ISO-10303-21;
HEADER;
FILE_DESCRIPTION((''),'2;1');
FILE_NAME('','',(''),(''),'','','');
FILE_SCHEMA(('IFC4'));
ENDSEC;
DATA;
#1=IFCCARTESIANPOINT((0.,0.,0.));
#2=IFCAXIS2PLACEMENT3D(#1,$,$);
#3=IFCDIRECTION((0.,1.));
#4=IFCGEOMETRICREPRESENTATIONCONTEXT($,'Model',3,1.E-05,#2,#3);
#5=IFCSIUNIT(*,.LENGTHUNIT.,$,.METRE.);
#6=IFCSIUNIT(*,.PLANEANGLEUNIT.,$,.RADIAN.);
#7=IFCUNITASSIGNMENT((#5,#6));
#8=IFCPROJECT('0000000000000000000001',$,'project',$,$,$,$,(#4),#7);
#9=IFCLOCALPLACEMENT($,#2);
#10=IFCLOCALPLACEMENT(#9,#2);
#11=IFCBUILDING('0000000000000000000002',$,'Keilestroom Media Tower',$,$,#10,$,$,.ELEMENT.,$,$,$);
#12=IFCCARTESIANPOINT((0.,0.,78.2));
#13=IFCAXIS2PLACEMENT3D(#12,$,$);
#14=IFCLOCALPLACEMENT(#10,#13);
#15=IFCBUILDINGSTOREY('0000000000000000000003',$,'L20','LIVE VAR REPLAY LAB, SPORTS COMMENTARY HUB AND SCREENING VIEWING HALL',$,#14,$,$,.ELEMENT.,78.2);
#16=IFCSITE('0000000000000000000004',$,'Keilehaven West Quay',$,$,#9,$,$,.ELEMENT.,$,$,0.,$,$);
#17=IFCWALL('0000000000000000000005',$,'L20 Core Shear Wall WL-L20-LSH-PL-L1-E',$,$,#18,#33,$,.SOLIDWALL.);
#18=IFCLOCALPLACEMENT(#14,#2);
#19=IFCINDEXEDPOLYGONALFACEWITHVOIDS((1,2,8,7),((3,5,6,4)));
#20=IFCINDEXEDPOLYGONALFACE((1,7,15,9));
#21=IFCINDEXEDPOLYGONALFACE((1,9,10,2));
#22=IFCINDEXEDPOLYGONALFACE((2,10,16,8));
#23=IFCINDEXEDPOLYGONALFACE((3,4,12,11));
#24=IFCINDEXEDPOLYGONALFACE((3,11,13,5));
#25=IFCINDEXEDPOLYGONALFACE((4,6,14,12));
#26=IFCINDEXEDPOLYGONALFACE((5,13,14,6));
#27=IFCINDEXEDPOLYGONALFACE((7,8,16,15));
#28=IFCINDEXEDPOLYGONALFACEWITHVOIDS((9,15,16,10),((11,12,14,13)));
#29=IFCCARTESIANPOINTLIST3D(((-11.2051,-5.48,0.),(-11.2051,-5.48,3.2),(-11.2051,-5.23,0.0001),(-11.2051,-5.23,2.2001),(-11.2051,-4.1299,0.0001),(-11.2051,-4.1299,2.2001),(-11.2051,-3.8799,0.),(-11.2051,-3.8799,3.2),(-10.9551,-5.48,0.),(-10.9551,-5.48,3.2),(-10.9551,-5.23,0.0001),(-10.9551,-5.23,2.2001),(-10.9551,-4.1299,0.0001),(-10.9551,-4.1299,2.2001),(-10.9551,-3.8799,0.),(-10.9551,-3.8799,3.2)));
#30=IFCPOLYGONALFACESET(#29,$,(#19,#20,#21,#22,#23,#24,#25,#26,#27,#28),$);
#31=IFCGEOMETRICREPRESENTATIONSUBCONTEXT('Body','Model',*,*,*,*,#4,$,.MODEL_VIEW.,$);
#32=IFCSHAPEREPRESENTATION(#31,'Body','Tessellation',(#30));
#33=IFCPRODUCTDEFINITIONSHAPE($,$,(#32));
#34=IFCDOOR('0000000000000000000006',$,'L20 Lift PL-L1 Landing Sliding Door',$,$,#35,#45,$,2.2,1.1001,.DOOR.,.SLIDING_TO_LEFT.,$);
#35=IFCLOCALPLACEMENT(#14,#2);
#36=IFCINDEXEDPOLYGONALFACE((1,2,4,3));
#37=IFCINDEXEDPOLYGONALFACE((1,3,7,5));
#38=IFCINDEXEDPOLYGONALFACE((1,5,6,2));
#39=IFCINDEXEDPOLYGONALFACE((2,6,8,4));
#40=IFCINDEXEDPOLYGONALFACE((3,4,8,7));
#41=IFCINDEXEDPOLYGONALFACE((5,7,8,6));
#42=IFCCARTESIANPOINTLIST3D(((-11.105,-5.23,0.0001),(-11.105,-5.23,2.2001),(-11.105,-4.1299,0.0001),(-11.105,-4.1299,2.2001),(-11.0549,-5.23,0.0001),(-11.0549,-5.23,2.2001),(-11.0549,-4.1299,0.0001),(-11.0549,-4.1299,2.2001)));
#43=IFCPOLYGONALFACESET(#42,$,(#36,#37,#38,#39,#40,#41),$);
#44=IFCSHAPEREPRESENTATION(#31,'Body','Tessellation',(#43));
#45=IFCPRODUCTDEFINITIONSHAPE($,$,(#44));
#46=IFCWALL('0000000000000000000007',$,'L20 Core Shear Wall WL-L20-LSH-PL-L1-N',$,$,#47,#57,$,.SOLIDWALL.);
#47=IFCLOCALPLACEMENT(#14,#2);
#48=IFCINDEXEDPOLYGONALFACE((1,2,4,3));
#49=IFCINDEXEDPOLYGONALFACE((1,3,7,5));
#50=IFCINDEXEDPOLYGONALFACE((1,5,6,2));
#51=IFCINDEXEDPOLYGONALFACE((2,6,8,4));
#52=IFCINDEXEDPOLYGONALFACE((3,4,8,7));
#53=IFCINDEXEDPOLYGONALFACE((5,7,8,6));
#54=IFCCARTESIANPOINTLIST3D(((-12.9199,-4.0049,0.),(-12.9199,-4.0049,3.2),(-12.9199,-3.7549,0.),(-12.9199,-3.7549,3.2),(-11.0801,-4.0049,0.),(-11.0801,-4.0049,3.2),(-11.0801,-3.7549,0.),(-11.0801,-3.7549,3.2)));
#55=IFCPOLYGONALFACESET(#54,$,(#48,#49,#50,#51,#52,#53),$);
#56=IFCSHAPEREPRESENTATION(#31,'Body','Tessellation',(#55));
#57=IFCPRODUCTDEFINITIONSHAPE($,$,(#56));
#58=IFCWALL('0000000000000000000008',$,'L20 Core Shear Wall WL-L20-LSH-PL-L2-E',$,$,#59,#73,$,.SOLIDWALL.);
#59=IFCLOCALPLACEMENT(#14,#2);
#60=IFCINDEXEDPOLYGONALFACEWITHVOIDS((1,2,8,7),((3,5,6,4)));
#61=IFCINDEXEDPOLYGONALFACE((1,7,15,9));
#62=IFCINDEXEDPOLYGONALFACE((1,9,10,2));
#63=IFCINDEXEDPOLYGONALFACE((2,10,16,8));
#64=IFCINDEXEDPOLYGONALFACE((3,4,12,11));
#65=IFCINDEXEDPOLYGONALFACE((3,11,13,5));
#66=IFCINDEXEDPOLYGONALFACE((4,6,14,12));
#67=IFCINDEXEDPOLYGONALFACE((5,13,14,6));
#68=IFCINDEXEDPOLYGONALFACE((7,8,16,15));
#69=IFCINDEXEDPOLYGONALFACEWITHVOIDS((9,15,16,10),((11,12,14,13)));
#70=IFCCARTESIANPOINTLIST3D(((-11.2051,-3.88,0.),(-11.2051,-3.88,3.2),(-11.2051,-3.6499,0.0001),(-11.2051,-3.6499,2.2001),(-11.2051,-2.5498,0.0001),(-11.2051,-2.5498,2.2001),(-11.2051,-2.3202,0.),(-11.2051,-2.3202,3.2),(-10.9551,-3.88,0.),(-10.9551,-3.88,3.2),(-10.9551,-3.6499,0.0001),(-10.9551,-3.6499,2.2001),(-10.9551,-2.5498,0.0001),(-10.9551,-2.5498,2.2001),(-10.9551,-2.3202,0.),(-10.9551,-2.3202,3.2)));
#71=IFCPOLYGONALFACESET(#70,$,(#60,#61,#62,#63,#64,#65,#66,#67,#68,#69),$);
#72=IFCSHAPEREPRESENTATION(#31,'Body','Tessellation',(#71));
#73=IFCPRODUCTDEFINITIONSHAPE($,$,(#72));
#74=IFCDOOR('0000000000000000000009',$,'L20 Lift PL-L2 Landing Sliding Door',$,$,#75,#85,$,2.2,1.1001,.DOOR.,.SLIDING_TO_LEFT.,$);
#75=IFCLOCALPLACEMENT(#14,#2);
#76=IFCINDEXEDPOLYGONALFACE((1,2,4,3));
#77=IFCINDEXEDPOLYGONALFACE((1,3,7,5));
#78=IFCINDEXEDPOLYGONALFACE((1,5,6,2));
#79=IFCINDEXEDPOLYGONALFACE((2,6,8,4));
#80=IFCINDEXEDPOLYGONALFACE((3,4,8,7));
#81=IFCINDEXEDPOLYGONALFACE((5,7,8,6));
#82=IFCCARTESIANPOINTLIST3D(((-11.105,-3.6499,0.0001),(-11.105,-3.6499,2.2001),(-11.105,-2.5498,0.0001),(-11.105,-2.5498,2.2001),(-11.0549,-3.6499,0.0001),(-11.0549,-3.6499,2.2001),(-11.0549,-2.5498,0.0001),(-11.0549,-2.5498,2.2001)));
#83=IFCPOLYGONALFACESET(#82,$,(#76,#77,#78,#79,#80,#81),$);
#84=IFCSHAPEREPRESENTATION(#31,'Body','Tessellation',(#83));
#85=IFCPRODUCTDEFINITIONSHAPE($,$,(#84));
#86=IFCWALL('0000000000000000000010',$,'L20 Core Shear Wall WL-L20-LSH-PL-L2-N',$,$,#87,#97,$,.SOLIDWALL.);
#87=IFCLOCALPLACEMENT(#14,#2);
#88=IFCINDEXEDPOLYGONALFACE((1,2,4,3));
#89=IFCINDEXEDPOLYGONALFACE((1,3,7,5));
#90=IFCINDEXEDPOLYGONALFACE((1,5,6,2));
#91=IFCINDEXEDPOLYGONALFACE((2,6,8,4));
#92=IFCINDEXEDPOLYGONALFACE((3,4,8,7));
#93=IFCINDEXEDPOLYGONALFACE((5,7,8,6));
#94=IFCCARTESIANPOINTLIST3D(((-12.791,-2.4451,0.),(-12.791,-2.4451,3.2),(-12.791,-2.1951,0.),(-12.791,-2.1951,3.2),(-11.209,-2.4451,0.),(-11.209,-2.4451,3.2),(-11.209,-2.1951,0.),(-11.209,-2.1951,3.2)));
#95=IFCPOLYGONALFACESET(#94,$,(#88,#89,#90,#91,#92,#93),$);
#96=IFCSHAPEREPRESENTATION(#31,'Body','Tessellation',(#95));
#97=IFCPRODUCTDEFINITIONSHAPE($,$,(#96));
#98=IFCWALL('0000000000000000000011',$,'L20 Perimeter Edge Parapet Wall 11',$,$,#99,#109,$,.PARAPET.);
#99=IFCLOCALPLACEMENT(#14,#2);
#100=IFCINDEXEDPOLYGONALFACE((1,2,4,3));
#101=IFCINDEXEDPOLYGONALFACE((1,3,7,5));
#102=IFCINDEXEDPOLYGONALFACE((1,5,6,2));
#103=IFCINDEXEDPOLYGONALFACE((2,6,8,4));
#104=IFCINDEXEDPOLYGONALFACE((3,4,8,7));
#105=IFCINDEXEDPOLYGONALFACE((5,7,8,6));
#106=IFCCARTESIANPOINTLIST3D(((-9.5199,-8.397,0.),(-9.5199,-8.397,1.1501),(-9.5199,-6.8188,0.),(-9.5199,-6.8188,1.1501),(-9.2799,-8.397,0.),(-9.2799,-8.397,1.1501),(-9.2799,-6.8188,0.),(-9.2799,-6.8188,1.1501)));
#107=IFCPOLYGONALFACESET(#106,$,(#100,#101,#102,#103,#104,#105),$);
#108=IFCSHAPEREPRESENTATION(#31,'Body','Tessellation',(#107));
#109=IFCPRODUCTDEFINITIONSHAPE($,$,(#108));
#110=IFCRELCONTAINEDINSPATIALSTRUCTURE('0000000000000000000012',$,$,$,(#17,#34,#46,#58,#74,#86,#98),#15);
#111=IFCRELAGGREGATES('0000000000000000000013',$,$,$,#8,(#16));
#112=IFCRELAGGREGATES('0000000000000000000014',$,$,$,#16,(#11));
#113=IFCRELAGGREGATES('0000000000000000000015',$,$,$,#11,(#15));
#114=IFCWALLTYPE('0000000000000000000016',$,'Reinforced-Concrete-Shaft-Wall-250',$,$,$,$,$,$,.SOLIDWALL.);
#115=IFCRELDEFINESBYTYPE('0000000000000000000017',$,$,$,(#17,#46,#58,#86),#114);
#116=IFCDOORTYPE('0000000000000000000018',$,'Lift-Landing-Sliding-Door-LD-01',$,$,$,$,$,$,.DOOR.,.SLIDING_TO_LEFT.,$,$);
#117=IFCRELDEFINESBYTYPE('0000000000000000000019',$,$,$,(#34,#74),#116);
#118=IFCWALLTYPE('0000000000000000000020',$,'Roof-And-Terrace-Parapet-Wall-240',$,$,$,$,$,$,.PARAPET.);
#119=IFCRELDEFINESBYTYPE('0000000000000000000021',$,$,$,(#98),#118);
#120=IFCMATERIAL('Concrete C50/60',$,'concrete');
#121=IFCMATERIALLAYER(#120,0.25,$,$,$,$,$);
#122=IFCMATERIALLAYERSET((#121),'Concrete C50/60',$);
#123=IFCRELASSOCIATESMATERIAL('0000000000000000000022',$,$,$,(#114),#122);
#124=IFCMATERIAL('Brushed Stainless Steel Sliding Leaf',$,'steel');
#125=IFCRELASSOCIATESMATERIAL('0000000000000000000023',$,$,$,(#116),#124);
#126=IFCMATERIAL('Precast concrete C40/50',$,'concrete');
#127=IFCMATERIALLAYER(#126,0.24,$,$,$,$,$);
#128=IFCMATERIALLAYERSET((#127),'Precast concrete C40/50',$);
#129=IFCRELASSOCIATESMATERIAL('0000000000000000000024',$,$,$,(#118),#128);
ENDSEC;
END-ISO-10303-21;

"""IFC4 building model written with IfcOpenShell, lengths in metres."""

from ifc_helpers import new_model, si_unit, direction, frame, frame_2d, origin, place, context, subcontext, project, spatial, rectangle, extrude, source, transform, mapped, material, layer, layer_set, type_object, element, fill, save


model = new_model("IFC4")

# Units and contexts
model_context = context("Model", 3, precision=1e-05, world=origin(), true_north=direction((0.0, 1.0)))
body_context = subcontext(model_context, "Body", "Model", "MODEL_VIEW")
ifc_project = project(units=[si_unit("LENGTHUNIT", "METRE"), si_unit("PLANEANGLEUNIT", "RADIAN")], contexts=[model_context])

# Site, building, storey
site_placement = place(None, origin())
site = spatial("IfcSite", under=ifc_project, at=site_placement, Name="Keilehaven West Quay", CompositionType="ELEMENT", RefElevation=0.0)
building_placement = place(site_placement, origin())
building = spatial("IfcBuilding", under=site, at=building_placement, Name="Keilestroom Media Tower", CompositionType="ELEMENT")
storey_placement = place(building_placement, frame((0.0, 0.0, 78.2)))
storey = spatial("IfcBuildingStorey", under=building, at=storey_placement, Name="L20", Description="LIVE VAR REPLAY LAB, SPORTS COMMENTARY HUB AND SCREENING VIEWING HALL", CompositionType="ELEMENT", Elevation=78.2)

# Shared definitions
ifc_material_1 = material(Name="Concrete C50/60", Category="concrete")
ifc_layer_1 = layer(ifc_material_1, 0.25)
ifc_layer_set_1 = layer_set([ifc_layer_1], Name="Concrete C50/60")
wall_type_1 = type_object("IfcWallType", Name="Reinforced-Concrete-Shaft-Wall-250", PredefinedType="SOLIDWALL", material=ifc_layer_set_1)

# Wall, opening, door
wall_1_placement = place(storey_placement, frame((-11.0801, -5.48, 0.0), z_axis=(0.0, 0.0, 1.0), x_axis=(0.0, 1.0, 0.0)))
wall_1 = element("IfcWall", 1, at=wall_1_placement, inside=storey, type_object=wall_type_1, Name="L20 Core Shear Wall WL-L20-LSH-PL-L1-E", PredefinedType="SOLIDWALL", context=body_context, shape_type="SweptSolid", body=[
    extrude(rectangle(XDim=1.6001, YDim=0.25, at=frame_2d((0.8, 0.0))), origin(), (0.0, 0.0, 1.0), 3.2),
])
opening_1_placement = place(wall_1_placement, frame((0.25, 0.0, 0.0)))
opening_1 = element("IfcOpeningElement", 2, at=opening_1_placement, cuts=wall_1, PredefinedType="OPENING", context=body_context, shape_type="SweptSolid", body=[
    extrude(rectangle(XDim=1.1001, YDim=2.2, at=frame_2d((0.55, 1.1001))), frame((0.0, 0.135, 0.0), z_axis=(0.0, -1.0, 0.0), x_axis=(1.0, 0.0, 0.0)), (0.0, 0.0, 1.0), 0.27),
])
ifc_material_2 = material(Name="Brushed Stainless Steel Sliding Leaf", Category="steel")
door_type_1 = type_object("IfcDoorType", Name="Lift-Landing-Sliding-Door-LD-01", OperationType="SLIDING_TO_LEFT", PredefinedType="DOOR", material=ifc_material_2)
shared_shape_1 = source(origin(), body_context, "Body", "SweptSolid", [
    extrude(rectangle(XDim=1.1001, YDim=2.2, at=frame_2d((0.55, 1.1001))), frame((0.0, 0.0249, 0.0), z_axis=(0.0, -1.0, 0.0), x_axis=(1.0, 0.0, 0.0)), (0.0, 0.0, 1.0), 0.05),
])
door_1_placement = place(opening_1_placement, origin())
door_1 = element("IfcDoor", 3, at=door_1_placement, inside=storey, type_object=door_type_1, Name="L20 Lift PL-L1 Landing Sliding Door", OperationType="SLIDING_TO_LEFT", OverallHeight=2.2, OverallWidth=1.1001, PredefinedType="DOOR", context=body_context, shape_type="MappedRepresentation", body=[
    mapped(shared_shape_1, transform((0.0, 0.0, 0.0), x_axis=(1.0, 0.0, 0.0), y_axis=(0.0, 1.0, 0.0), z_axis=(0.0, 0.0, 1.0), scale=1.0)),
])
fill(opening_1, door_1)

# Wall
wall_2_placement = place(storey_placement, frame((-12.9199, -3.8799, 0.0), z_axis=(0.0, 0.0, 1.0), x_axis=(1.0, 0.0, 0.0)))
element("IfcWall", 4, at=wall_2_placement, inside=storey, type_object=wall_type_1, Name="L20 Core Shear Wall WL-L20-LSH-PL-L1-N", PredefinedType="SOLIDWALL", context=body_context, shape_type="SweptSolid", body=[
    extrude(rectangle(XDim=1.8398, YDim=0.25, at=frame_2d((0.9199, 0.0))), origin(), (0.0, 0.0, 1.0), 3.2),
])

# Wall, opening, door
wall_3_placement = place(storey_placement, frame((-11.0801, -3.8799, 0.0), z_axis=(0.0, 0.0, 1.0), x_axis=(0.0, 1.0, 0.0)))
wall_3 = element("IfcWall", 5, at=wall_3_placement, inside=storey, type_object=wall_type_1, Name="L20 Core Shear Wall WL-L20-LSH-PL-L2-E", PredefinedType="SOLIDWALL", context=body_context, shape_type="SweptSolid", body=[
    extrude(rectangle(XDim=1.5598, YDim=0.25, at=frame_2d((0.7798, 0.0))), origin(), (0.0, 0.0, 1.0), 3.2),
])
opening_2_placement = place(wall_3_placement, frame((0.23, 0.0, 0.0)))
opening_2 = element("IfcOpeningElement", 6, at=opening_2_placement, cuts=wall_3, PredefinedType="OPENING", context=body_context, shape_type="SweptSolid", body=[
    extrude(rectangle(XDim=1.1001, YDim=2.2, at=frame_2d((0.55, 1.1001))), frame((0.0, 0.135, 0.0), z_axis=(0.0, -1.0, 0.0), x_axis=(1.0, 0.0, 0.0)), (0.0, 0.0, 1.0), 0.27),
])
door_2_placement = place(opening_2_placement, origin())
door_2 = element("IfcDoor", 7, at=door_2_placement, inside=storey, type_object=door_type_1, Name="L20 Lift PL-L2 Landing Sliding Door", OperationType="SLIDING_TO_LEFT", OverallHeight=2.2, OverallWidth=1.1001, PredefinedType="DOOR", context=body_context, shape_type="MappedRepresentation", body=[
    mapped(shared_shape_1, transform((0.0, 0.0, 0.0), x_axis=(1.0, 0.0, 0.0), y_axis=(0.0, 1.0, 0.0), z_axis=(0.0, 0.0, 1.0), scale=1.0)),
])
fill(opening_2, door_2)

# Walls
wall_4_placement = place(storey_placement, frame((-12.791, -2.3201, 0.0), z_axis=(0.0, 0.0, 1.0), x_axis=(1.0, 0.0, 0.0)))
element("IfcWall", 8, at=wall_4_placement, inside=storey, type_object=wall_type_1, Name="L20 Core Shear Wall WL-L20-LSH-PL-L2-N", PredefinedType="SOLIDWALL", context=body_context, shape_type="SweptSolid", body=[
    extrude(rectangle(XDim=1.582, YDim=0.25, at=frame_2d((0.791, 0.0))), origin(), (0.0, 0.0, 1.0), 3.2),
])
ifc_material_3 = material(Name="Precast concrete C40/50", Category="concrete")
ifc_layer_2 = layer(ifc_material_3, 0.24)
ifc_layer_set_2 = layer_set([ifc_layer_2], Name="Precast concrete C40/50")
wall_type_2 = type_object("IfcWallType", Name="Roof-And-Terrace-Parapet-Wall-240", PredefinedType="PARAPET", material=ifc_layer_set_2)
wall_5_placement = place(storey_placement, frame((-9.3999, -8.397, 0.0), z_axis=(0.0, 0.0, 1.0), x_axis=(0.0, 1.0, 0.0)))
element("IfcWall", 9, at=wall_5_placement, inside=storey, type_object=wall_type_2, Name="L20 Perimeter Edge Parapet Wall 11", PredefinedType="PARAPET", context=body_context, shape_type="SweptSolid", body=[
    extrude(rectangle(XDim=1.5781, YDim=0.24, at=frame_2d((0.7891, 0.0))), origin(), (0.0, 0.0, 1.0), 1.1501),
])

save(model, "model.ifc")
